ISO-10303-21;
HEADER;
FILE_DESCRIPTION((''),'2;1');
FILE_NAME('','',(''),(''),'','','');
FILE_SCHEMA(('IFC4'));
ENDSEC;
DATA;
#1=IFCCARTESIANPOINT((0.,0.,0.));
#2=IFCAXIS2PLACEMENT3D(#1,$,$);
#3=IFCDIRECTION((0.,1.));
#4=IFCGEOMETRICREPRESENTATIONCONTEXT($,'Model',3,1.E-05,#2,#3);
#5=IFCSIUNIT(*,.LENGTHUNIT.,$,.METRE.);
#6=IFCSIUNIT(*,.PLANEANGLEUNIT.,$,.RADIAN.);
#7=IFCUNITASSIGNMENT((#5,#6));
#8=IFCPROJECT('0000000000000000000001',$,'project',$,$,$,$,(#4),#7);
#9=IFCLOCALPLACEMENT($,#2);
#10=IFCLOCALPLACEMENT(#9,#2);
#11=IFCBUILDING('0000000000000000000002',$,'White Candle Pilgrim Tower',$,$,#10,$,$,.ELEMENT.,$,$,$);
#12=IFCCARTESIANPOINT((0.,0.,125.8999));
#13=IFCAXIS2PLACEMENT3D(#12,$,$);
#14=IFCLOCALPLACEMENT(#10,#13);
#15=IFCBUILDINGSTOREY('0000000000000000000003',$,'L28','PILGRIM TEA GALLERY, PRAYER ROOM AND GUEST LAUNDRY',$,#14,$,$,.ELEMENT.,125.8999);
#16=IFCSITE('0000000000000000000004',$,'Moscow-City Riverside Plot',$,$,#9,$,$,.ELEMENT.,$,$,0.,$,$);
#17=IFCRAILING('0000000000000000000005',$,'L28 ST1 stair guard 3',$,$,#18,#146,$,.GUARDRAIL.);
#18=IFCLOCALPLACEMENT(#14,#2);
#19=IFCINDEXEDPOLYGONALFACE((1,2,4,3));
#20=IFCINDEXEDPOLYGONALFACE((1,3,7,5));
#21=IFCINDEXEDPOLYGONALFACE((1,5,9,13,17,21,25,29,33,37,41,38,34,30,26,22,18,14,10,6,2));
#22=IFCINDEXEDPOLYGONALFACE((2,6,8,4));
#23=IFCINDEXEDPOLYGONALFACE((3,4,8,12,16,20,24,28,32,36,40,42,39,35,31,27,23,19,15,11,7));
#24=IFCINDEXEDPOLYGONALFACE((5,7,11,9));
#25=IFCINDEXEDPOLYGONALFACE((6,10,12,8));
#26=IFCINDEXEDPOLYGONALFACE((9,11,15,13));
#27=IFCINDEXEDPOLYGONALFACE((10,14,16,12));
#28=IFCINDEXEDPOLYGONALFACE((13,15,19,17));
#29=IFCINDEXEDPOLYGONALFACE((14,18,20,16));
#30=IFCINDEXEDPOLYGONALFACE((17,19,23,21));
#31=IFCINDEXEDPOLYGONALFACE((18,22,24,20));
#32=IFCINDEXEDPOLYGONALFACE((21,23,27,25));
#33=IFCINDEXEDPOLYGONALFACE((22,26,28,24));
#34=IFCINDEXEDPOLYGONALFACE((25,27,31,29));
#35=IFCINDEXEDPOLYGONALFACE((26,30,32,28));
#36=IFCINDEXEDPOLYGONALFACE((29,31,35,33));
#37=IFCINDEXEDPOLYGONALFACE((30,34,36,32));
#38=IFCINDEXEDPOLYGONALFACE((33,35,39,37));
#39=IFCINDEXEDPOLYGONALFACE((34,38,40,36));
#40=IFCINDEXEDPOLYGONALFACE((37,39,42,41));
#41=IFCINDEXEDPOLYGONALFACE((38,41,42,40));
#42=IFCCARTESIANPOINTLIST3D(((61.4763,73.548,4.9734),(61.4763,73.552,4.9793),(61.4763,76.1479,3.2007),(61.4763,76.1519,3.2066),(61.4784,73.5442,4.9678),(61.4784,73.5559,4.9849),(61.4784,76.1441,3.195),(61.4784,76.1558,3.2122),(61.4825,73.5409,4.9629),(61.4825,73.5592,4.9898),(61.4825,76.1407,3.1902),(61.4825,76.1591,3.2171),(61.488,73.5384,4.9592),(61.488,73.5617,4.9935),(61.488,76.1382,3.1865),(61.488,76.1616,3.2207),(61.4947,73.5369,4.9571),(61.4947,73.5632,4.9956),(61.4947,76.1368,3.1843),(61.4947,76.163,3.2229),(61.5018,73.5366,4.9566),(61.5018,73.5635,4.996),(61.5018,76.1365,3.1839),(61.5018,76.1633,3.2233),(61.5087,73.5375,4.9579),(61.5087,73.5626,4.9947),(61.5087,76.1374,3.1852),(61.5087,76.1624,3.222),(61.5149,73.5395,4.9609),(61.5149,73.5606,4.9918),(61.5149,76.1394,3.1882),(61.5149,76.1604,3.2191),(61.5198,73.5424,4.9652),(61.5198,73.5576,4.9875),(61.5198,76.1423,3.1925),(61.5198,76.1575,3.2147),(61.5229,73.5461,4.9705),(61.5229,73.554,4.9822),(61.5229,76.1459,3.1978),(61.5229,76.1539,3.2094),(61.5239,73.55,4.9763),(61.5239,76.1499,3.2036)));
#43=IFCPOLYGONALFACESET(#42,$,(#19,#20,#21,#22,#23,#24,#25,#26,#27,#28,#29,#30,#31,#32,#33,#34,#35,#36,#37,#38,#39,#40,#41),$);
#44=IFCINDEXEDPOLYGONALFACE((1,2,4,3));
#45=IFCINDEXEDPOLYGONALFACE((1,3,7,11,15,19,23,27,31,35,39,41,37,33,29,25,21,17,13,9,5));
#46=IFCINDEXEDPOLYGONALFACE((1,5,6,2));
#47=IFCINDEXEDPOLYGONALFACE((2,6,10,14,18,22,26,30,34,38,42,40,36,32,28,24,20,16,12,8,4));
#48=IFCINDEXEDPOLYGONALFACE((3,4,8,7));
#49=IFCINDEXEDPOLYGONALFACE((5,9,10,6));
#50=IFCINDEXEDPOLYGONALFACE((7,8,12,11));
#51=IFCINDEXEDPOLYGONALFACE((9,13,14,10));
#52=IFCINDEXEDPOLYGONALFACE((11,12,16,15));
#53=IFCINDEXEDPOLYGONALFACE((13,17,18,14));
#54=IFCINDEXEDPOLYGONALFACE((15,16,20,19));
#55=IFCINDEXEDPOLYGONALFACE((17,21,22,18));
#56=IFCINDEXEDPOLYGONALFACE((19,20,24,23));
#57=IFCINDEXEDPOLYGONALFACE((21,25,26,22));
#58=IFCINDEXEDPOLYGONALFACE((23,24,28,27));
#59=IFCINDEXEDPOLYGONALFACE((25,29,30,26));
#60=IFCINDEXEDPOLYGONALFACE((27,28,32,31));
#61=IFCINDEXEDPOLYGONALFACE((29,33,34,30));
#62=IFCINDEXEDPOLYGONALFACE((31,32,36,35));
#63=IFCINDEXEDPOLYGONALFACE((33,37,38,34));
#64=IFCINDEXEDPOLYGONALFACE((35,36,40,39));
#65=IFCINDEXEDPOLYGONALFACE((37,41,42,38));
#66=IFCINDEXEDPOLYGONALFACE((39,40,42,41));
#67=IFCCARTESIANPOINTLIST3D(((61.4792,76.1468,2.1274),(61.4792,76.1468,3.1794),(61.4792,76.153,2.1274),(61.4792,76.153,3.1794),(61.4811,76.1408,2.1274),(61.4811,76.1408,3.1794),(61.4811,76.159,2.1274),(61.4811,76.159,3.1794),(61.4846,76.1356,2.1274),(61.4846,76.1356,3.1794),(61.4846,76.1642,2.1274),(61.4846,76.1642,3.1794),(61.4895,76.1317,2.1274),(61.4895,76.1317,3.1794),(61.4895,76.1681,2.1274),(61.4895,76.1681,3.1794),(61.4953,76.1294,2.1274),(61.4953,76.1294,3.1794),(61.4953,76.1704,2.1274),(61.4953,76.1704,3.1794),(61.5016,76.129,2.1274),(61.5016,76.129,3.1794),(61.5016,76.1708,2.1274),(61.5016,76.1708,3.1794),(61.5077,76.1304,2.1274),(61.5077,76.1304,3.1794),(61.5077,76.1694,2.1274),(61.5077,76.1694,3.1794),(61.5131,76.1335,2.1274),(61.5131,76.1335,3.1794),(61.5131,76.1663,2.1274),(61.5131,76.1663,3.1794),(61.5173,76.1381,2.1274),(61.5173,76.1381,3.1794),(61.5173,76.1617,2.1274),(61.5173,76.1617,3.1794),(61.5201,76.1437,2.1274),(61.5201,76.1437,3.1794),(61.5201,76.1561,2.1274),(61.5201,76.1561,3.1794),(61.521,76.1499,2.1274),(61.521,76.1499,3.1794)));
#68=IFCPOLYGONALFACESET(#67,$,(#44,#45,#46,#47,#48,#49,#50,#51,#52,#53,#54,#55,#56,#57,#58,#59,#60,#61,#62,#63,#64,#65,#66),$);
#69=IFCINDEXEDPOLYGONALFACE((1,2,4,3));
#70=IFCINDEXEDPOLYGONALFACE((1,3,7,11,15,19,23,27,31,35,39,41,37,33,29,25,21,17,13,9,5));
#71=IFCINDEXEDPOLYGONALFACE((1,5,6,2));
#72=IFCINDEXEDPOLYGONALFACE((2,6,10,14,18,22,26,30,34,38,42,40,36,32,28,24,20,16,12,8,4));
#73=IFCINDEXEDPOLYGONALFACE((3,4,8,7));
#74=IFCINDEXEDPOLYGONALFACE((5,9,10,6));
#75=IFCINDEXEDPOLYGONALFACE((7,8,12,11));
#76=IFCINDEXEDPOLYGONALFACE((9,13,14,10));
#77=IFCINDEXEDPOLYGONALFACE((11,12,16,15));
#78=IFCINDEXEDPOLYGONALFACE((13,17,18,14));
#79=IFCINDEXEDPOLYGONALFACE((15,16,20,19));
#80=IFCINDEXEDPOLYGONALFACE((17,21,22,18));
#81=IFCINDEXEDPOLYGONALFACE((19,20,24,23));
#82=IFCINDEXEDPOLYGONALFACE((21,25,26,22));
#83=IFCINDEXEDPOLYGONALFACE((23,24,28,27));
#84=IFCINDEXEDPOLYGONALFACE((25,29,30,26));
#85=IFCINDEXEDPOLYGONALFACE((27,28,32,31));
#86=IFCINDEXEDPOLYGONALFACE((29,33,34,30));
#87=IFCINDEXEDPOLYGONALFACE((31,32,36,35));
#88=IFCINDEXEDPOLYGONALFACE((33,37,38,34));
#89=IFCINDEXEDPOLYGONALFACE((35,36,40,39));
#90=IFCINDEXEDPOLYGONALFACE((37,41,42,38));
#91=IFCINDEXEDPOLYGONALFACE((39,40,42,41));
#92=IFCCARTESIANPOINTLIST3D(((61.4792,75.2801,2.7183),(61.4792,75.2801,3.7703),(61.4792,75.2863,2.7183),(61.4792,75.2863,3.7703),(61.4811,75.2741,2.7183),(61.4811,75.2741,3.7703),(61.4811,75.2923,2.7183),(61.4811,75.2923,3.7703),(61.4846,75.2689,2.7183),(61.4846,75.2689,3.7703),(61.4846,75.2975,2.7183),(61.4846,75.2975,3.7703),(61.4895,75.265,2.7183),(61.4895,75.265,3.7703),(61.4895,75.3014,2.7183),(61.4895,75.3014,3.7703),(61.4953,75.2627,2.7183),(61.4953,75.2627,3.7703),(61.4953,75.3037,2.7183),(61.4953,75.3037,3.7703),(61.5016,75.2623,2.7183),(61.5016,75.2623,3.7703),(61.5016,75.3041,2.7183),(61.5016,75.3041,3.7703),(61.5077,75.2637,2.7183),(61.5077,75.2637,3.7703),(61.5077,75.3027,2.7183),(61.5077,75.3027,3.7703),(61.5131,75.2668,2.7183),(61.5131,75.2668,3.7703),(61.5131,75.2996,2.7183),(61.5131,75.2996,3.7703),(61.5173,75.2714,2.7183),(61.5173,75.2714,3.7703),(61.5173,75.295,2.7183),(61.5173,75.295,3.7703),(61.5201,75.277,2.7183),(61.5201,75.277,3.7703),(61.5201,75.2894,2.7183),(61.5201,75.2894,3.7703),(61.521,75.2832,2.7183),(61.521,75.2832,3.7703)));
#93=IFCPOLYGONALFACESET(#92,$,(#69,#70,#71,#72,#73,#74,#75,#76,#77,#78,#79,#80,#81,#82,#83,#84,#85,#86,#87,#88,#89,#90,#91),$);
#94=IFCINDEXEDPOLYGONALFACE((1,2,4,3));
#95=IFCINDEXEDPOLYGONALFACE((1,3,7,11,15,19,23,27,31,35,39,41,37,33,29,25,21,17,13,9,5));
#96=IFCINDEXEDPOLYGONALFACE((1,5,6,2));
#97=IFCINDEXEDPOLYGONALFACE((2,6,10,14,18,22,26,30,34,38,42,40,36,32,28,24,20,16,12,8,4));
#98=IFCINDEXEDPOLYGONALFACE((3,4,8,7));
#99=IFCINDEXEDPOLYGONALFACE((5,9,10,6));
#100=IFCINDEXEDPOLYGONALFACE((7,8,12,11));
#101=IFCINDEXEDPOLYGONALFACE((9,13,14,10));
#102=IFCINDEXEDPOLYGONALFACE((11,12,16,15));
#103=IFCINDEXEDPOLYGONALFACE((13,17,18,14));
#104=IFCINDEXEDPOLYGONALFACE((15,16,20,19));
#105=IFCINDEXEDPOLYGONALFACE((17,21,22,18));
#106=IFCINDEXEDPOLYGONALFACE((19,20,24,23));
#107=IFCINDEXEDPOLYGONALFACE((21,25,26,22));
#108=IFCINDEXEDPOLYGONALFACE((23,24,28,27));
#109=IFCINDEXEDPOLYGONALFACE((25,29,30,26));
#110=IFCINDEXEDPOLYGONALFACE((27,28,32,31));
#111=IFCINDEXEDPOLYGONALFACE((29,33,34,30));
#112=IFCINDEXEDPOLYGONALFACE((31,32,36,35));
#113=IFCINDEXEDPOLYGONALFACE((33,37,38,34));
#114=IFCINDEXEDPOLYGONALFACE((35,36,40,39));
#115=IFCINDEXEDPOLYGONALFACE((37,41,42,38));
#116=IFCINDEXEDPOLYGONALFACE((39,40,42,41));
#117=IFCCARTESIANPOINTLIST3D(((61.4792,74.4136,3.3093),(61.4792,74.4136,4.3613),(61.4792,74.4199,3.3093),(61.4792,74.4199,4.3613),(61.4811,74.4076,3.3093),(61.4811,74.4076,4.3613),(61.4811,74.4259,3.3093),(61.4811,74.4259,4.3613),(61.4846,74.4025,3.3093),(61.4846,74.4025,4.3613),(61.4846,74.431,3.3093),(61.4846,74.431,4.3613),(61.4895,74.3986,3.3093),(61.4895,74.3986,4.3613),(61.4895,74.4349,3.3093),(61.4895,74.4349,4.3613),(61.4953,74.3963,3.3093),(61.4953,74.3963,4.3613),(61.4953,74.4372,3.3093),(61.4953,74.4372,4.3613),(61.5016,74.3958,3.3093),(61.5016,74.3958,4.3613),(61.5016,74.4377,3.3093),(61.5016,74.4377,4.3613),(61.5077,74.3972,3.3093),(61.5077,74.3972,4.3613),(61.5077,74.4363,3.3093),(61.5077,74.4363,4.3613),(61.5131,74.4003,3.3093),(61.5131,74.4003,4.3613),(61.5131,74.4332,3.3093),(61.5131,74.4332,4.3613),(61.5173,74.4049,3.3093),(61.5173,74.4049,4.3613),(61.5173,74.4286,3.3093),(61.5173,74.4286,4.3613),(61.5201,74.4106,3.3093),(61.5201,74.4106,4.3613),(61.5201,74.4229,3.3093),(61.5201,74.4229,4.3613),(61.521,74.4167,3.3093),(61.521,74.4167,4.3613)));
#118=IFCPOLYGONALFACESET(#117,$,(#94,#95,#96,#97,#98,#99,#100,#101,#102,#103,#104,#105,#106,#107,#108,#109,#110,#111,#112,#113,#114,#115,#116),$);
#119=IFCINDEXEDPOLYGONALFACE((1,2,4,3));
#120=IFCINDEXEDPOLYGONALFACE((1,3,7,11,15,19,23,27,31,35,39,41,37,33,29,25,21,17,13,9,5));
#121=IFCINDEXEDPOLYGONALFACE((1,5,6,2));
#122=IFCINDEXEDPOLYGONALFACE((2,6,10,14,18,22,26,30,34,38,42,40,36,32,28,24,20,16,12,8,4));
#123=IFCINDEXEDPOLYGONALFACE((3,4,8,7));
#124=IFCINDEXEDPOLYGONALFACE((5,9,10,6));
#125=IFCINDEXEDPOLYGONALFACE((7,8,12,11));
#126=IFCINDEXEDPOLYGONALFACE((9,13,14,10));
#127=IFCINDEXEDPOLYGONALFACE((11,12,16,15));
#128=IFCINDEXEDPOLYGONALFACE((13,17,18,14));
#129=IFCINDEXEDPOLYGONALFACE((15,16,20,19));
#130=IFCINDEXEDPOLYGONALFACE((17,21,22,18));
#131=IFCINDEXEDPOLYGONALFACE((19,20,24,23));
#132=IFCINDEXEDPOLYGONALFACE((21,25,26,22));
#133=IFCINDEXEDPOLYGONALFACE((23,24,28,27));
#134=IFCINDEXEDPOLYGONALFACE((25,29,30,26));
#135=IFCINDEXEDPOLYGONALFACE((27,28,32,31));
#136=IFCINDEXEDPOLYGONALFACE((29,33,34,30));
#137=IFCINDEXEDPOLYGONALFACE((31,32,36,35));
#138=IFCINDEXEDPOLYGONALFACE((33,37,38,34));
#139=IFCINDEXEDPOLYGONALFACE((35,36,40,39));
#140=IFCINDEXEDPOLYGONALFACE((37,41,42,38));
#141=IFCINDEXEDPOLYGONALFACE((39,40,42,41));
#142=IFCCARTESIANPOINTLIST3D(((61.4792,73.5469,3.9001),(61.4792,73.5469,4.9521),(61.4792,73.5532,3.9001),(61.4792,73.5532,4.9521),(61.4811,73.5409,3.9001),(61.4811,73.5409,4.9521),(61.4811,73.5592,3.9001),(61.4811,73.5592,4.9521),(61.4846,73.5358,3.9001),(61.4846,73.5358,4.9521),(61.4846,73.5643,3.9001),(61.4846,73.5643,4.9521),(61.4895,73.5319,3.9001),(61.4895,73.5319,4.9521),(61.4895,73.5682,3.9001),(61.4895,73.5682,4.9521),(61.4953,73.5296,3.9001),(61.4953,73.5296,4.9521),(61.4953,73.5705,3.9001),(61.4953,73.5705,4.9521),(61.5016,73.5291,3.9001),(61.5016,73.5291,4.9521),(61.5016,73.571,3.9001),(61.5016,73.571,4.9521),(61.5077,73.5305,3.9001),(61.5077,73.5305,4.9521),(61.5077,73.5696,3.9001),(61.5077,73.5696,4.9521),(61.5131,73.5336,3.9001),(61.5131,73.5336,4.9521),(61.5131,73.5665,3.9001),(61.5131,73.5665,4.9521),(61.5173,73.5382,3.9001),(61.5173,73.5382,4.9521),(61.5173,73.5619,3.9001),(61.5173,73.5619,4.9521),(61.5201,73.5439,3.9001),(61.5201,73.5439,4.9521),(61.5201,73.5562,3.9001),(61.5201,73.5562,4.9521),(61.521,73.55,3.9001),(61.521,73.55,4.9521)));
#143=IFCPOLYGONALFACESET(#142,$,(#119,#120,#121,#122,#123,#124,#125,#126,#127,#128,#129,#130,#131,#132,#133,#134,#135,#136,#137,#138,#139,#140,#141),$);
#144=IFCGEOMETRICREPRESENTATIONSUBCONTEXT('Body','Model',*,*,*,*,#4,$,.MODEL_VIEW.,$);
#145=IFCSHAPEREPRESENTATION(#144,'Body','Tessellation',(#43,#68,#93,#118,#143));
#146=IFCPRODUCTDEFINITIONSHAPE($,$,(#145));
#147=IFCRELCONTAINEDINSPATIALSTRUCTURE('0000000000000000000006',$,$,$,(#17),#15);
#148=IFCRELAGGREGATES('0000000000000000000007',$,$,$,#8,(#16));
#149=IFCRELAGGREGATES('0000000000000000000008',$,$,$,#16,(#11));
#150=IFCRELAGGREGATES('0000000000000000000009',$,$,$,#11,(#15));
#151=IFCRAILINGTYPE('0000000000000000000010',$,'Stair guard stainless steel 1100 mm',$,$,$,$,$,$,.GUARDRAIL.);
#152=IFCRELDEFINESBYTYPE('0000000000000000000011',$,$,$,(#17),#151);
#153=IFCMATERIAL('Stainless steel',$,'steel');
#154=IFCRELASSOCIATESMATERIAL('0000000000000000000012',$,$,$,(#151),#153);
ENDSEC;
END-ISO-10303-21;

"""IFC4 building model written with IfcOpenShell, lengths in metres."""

from ifc_helpers import new_model, si_unit, direction, frame, origin, origin_2d, place, context, subcontext, project, spatial, circle, extrude, material, type_object, element, save


model = new_model("IFC4")

# Units and contexts
model_context = context("Model", 3, precision=1e-05, world=origin(), true_north=direction((0.0, 1.0)))
body_context = subcontext(model_context, "Body", "Model", "MODEL_VIEW")
ifc_project = project(units=[si_unit("LENGTHUNIT", "METRE"), si_unit("PLANEANGLEUNIT", "RADIAN")], contexts=[model_context])

# Site, building, storey
site_placement = place(None, origin())
site = spatial("IfcSite", under=ifc_project, at=site_placement, Name="Moscow-City Riverside Plot", CompositionType="ELEMENT", RefElevation=0.0)
building_placement = place(site_placement, origin())
building = spatial("IfcBuilding", under=site, at=building_placement, Name="White Candle Pilgrim Tower", CompositionType="ELEMENT")
storey_placement = place(building_placement, frame((0.0, 0.0, 125.8999)))
storey = spatial("IfcBuildingStorey", under=building, at=storey_placement, Name="L28", Description="PILGRIM TEA GALLERY, PRAYER ROOM AND GUEST LAUNDRY", CompositionType="ELEMENT", Elevation=125.8999)

# Railing
ifc_material_1 = material(Name="Stainless steel", Category="steel")
railing_type_1 = type_object("IfcRailingType", Name="Stair guard stainless steel 1100 mm", PredefinedType="GUARDRAIL", material=ifc_material_1)
railing_1_placement = place(storey_placement, frame((61.5, 76.1499, 2.1274)))
element("IfcRailing", 1, at=railing_1_placement, inside=storey, type_object=railing_type_1, Name="L28 ST1 stair guard 3", PredefinedType="GUARDRAIL", context=body_context, shape_type="SweptSolid", body=[
    extrude(circle(Radius=0.0239, at=origin_2d()), frame((0.0, 0.0, 1.0762), z_axis=(0.0, -0.826216, 0.563354), x_axis=(1.0, 0.0, 0.0)), (0.0, 0.0, 1.0), 3.1467),
    extrude(circle(Radius=0.021, at=origin_2d()), origin(), (0.0, 0.0, 1.0), 1.052),
    extrude(circle(Radius=0.021, at=origin_2d()), frame((0.0, -0.8667, 0.5908)), (0.0, 0.0, 1.0), 1.052),
    extrude(circle(Radius=0.021, at=origin_2d()), frame((0.0, -1.7332, 1.1819)), (0.0, 0.0, 1.0), 1.052),
    extrude(circle(Radius=0.021, at=origin_2d()), frame((0.0, -2.5999, 1.7727)), (0.0, 0.0, 1.0), 1.052),
])

save(model, "model.ifc")
